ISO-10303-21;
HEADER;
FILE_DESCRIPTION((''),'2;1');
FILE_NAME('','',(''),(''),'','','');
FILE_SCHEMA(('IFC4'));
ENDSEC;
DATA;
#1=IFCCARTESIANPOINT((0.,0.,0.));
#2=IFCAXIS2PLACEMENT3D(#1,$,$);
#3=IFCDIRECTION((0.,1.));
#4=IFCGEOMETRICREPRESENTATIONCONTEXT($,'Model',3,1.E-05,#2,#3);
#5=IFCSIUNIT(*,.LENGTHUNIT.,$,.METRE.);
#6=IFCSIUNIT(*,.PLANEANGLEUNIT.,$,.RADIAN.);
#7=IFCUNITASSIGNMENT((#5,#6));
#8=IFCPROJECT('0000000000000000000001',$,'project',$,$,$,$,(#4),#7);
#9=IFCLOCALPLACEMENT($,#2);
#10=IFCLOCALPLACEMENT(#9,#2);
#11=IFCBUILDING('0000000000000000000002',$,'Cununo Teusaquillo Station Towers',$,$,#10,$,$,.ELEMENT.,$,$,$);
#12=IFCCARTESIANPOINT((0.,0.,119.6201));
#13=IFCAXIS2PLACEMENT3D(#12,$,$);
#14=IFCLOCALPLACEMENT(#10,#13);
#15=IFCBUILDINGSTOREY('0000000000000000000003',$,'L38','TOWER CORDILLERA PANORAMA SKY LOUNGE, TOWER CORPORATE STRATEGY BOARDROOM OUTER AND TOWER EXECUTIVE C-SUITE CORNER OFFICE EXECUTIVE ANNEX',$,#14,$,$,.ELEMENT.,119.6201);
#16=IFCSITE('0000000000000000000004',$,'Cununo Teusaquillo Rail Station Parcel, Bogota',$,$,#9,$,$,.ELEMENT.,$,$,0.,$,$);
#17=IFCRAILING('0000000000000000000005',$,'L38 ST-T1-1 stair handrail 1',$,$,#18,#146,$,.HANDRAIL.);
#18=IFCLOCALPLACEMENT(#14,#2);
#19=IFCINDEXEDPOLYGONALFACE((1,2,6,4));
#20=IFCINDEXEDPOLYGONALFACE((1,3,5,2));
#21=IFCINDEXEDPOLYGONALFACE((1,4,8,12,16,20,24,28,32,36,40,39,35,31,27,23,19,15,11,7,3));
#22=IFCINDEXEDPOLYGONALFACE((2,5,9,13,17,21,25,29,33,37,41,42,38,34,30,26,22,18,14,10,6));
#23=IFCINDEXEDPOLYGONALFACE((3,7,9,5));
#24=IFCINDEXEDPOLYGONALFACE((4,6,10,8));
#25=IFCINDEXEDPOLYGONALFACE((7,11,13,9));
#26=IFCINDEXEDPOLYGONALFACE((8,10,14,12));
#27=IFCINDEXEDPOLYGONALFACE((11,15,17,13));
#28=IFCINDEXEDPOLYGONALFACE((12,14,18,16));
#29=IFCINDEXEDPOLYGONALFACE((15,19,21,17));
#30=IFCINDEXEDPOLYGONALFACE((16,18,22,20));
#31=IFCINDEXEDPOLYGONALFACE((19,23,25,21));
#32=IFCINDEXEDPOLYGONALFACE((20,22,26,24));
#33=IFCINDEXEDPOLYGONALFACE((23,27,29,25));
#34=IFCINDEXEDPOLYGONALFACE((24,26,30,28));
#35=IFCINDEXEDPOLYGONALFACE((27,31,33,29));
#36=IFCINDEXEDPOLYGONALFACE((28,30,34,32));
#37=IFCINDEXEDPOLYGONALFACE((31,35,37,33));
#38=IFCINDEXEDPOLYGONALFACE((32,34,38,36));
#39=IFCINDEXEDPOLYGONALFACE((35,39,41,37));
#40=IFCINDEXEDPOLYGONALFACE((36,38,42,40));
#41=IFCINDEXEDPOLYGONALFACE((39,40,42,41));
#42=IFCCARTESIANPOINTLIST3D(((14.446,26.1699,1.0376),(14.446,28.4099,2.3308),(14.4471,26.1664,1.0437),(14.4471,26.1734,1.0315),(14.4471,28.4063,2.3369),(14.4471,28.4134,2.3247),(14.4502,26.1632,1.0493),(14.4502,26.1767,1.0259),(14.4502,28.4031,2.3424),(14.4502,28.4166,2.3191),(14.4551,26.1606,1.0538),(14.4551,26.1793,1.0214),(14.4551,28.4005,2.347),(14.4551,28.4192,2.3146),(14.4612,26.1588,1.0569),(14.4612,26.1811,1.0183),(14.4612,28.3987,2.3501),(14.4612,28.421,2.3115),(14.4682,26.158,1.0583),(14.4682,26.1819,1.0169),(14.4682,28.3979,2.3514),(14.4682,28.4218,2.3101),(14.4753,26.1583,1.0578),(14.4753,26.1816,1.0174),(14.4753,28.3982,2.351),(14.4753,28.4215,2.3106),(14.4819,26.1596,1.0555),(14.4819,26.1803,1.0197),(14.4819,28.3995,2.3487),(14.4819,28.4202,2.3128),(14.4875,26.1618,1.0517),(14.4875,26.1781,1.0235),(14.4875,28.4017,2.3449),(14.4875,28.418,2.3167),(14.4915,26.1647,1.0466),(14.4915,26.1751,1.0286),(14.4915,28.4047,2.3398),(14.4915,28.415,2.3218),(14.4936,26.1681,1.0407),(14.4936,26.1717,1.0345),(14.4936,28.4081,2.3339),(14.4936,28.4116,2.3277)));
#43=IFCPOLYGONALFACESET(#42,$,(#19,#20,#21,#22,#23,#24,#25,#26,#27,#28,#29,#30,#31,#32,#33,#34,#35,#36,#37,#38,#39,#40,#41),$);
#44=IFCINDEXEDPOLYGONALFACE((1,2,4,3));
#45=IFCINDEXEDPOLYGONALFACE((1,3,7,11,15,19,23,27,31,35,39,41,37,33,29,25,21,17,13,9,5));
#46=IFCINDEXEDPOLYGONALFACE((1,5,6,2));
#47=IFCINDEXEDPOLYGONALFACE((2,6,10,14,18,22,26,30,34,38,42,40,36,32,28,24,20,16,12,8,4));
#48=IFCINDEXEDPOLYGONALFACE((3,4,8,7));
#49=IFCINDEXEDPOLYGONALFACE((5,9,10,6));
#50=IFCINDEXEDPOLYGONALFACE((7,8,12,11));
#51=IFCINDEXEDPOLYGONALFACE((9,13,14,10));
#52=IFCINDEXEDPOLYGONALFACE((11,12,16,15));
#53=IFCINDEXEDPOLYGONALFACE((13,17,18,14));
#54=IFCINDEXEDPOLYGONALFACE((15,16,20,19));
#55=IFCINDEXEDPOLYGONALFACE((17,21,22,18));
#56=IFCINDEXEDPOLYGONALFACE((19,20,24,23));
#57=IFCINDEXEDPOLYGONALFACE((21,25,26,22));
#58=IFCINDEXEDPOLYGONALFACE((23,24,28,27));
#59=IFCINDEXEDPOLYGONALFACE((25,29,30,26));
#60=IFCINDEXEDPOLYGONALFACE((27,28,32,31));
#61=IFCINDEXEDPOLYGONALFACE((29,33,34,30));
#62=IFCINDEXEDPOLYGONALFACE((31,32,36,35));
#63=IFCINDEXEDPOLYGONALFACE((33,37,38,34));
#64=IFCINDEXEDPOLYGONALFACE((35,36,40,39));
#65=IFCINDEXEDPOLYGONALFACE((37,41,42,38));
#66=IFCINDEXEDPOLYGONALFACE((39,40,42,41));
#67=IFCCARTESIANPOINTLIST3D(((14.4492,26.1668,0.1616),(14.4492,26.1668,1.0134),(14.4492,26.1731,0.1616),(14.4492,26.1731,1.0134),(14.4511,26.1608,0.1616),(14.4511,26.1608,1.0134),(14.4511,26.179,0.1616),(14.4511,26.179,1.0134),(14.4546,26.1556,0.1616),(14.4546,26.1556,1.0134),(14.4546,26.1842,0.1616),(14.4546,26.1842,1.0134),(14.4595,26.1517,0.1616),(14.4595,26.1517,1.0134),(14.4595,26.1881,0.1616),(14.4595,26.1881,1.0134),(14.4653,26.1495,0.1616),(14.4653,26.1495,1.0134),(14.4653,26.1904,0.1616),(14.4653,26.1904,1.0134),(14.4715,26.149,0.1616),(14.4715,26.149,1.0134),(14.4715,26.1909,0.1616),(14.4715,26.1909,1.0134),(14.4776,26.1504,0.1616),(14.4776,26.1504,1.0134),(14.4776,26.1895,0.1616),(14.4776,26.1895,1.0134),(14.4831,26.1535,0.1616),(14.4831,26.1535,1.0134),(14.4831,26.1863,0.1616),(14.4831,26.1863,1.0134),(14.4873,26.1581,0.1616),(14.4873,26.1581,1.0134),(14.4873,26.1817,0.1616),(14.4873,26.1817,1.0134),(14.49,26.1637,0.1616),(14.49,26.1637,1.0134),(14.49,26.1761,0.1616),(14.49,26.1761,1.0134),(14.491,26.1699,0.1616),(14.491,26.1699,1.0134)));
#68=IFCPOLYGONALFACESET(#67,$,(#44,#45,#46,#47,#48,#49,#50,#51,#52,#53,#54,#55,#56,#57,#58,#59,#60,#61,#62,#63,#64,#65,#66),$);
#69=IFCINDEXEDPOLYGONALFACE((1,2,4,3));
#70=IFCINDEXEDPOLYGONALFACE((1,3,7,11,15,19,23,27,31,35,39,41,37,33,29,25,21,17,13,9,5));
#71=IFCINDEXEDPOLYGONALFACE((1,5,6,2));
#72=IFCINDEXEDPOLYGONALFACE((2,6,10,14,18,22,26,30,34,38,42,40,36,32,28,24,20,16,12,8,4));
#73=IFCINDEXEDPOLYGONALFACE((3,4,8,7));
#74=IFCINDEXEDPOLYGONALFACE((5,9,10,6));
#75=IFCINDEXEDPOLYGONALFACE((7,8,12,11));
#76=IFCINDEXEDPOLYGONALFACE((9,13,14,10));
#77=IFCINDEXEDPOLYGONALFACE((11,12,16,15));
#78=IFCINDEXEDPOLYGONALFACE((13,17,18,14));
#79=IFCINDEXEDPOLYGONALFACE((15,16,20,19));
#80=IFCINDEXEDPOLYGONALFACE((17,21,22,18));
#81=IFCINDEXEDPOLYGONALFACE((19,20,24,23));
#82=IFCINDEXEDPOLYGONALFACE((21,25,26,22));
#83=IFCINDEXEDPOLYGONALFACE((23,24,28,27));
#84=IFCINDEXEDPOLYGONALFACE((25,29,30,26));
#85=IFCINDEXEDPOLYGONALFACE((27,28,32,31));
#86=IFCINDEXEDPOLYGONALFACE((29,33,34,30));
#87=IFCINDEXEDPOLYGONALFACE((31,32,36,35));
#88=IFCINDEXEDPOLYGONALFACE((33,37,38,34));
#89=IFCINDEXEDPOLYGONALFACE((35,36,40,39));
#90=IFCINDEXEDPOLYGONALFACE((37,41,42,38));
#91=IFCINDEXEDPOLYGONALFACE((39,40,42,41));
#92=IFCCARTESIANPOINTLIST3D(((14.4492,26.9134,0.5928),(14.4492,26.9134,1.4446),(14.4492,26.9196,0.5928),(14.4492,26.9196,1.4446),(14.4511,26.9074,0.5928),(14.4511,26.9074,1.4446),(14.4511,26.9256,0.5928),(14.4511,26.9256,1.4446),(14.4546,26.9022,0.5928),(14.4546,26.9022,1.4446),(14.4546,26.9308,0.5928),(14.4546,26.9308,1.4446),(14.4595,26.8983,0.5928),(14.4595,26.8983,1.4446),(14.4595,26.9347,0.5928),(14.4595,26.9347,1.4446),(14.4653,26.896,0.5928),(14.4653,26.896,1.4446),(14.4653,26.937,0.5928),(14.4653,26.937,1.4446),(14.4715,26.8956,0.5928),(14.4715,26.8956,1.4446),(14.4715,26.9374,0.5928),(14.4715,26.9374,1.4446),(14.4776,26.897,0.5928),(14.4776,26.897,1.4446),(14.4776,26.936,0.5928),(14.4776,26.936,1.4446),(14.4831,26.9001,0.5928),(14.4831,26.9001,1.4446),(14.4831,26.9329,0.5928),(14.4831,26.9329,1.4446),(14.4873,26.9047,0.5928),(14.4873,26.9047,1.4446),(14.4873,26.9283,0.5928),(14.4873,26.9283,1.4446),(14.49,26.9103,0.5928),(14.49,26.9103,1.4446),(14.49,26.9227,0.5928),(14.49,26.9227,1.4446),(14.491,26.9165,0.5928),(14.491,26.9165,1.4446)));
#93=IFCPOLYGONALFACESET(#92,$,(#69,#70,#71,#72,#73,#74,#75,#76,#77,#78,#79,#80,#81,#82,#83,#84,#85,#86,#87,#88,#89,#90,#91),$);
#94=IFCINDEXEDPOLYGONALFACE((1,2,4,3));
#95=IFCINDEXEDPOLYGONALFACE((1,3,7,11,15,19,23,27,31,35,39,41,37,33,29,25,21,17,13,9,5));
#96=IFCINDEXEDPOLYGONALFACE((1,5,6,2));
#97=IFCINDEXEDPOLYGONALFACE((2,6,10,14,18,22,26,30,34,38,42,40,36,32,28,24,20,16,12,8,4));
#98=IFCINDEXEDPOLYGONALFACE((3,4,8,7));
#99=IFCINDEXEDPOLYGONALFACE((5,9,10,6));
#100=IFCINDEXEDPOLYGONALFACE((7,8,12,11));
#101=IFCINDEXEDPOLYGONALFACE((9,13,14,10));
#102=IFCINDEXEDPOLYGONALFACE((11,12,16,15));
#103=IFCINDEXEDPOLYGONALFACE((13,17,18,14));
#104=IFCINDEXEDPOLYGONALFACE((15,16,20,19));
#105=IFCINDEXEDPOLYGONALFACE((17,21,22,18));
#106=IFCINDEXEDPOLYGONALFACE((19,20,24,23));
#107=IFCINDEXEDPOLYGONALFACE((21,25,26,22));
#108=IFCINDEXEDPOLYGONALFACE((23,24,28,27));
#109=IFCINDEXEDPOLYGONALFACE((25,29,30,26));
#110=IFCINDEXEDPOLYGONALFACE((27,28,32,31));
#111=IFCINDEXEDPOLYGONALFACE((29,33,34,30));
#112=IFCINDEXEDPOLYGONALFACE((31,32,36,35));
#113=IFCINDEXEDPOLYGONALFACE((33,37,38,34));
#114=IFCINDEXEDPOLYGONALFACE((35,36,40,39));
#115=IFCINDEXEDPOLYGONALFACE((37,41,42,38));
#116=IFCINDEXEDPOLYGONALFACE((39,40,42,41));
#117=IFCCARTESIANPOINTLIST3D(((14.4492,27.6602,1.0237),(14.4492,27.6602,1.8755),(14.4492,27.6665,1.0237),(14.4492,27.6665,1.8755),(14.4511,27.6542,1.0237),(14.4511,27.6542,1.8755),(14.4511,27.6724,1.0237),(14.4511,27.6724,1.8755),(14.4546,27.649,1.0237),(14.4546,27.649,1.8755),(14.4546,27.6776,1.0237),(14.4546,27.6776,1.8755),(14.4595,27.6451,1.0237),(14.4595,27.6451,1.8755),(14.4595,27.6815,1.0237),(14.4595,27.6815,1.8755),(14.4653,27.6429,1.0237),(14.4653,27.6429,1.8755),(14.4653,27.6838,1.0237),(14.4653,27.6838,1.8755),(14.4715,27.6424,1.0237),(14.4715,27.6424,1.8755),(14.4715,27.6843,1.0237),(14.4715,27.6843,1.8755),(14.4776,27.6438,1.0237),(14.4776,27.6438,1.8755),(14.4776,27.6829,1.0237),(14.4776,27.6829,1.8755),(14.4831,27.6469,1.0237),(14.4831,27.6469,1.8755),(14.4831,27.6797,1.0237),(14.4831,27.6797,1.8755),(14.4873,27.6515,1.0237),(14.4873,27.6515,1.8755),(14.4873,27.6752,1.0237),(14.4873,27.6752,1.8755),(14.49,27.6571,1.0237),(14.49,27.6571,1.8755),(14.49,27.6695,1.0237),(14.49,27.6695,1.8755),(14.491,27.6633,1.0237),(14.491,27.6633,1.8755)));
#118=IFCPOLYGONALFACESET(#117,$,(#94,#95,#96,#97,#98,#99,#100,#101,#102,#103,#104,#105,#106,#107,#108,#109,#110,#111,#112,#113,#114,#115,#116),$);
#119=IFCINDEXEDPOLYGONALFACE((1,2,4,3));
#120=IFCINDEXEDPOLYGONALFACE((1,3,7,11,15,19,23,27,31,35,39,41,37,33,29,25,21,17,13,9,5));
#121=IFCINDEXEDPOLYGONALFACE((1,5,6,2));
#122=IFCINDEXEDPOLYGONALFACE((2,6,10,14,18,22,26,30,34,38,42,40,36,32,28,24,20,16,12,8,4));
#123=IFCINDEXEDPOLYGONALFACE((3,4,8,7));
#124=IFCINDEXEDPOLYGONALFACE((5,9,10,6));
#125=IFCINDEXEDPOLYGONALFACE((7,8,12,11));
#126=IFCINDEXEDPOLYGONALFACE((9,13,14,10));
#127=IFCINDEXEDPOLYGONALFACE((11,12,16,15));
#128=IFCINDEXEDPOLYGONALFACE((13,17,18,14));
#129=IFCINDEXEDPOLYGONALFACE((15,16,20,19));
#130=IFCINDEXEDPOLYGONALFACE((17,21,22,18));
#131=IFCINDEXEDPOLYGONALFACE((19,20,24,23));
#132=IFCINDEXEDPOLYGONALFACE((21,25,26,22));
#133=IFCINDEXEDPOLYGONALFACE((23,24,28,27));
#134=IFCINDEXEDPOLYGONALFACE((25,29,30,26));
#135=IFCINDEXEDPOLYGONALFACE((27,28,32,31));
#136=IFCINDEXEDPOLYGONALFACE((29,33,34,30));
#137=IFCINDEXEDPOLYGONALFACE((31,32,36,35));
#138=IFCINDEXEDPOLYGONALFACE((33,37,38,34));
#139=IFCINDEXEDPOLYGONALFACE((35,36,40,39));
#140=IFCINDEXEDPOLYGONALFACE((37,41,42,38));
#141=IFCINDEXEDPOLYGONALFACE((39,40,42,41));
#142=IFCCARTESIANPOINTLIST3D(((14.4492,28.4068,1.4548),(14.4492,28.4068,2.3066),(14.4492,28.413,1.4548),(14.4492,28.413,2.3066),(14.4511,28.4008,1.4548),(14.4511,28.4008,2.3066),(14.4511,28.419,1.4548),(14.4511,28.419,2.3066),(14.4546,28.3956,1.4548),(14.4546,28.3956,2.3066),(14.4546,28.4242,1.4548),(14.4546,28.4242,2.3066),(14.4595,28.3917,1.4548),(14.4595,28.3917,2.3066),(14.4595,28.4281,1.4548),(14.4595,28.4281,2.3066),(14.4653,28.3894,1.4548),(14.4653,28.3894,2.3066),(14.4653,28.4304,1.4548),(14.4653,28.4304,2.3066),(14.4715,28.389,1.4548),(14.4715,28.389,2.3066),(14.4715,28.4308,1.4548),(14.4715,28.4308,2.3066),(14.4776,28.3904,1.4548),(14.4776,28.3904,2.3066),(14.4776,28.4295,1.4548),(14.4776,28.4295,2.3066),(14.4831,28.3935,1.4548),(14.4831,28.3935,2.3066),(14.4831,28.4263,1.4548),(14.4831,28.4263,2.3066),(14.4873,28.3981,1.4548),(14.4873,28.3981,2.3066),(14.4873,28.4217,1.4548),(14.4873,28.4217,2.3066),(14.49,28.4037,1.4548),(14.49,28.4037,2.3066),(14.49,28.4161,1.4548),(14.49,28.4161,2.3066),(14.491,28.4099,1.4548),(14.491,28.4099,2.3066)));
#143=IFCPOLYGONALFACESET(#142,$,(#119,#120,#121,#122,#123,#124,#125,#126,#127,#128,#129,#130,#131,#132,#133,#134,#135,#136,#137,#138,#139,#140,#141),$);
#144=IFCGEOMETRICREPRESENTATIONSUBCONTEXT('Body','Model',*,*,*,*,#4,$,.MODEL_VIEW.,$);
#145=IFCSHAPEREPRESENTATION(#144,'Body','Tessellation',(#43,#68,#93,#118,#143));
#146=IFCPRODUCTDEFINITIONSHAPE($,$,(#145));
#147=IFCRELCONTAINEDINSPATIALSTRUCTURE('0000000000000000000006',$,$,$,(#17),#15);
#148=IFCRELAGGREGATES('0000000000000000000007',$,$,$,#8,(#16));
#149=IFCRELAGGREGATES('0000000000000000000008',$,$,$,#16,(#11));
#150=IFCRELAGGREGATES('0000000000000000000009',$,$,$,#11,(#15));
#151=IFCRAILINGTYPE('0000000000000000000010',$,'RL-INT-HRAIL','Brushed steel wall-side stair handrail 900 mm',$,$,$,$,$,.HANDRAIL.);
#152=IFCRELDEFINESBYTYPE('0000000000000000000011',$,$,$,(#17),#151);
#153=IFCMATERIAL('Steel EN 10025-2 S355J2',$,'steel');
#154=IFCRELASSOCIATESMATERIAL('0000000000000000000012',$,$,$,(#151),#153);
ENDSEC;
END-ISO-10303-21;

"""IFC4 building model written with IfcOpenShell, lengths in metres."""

from ifc_helpers import new_model, si_unit, direction, frame, origin, origin_2d, place, context, subcontext, project, spatial, circle, extrude, material, type_object, element, save


model = new_model("IFC4")

# Units and contexts
model_context = context("Model", 3, precision=1e-05, world=origin(), true_north=direction((0.0, 1.0)))
body_context = subcontext(model_context, "Body", "Model", "MODEL_VIEW")
ifc_project = project(units=[si_unit("LENGTHUNIT", "METRE"), si_unit("PLANEANGLEUNIT", "RADIAN")], contexts=[model_context])

# Site, building, storey
site_placement = place(None, origin())
site = spatial("IfcSite", under=ifc_project, at=site_placement, Name="Cununo Teusaquillo Rail Station Parcel, Bogota", CompositionType="ELEMENT", RefElevation=0.0)
building_placement = place(site_placement, origin())
building = spatial("IfcBuilding", under=site, at=building_placement, Name="Cununo Teusaquillo Station Towers", CompositionType="ELEMENT")
storey_placement = place(building_placement, frame((0.0, 0.0, 119.6201)))
storey = spatial("IfcBuildingStorey", under=building, at=storey_placement, Name="L38", Description="TOWER CORDILLERA PANORAMA SKY LOUNGE, TOWER CORPORATE STRATEGY BOARDROOM OUTER AND TOWER EXECUTIVE C-SUITE CORNER OFFICE EXECUTIVE ANNEX", CompositionType="ELEMENT", Elevation=119.6201)

# Railing
ifc_material_1 = material(Name="Steel EN 10025-2 S355J2", Category="steel")
railing_type_1 = type_object("IfcRailingType", Name="RL-INT-HRAIL", Description="Brushed steel wall-side stair handrail 900 mm", PredefinedType="HANDRAIL", material=ifc_material_1)
railing_1_placement = place(storey_placement, frame((14.47, 26.1699, 0.1616)))
element("IfcRailing", 1, at=railing_1_placement, inside=storey, type_object=railing_type_1, Name="L38 ST-T1-1 stair handrail 1", PredefinedType="HANDRAIL", context=body_context, shape_type="SweptSolid", body=[
    extrude(circle(Radius=0.0239, at=origin_2d()), frame((0.0, 0.0, 0.876), z_axis=(0.0, 0.866033, 0.499987), x_axis=(-1.0, 0.0, 0.0)), (0.0, 0.0, 1.0), 2.5864),
    extrude(circle(Radius=0.021, at=origin_2d()), origin(), (0.0, 0.0, 1.0), 0.8518),
    extrude(circle(Radius=0.021, at=origin_2d()), frame((0.0, 0.7466, 0.4312)), (0.0, 0.0, 1.0), 0.8518),
    extrude(circle(Radius=0.021, at=origin_2d()), frame((0.0, 1.4934, 0.8621)), (0.0, 0.0, 1.0), 0.8518),
    extrude(circle(Radius=0.021, at=origin_2d()), frame((0.0, 2.24, 1.2932)), (0.0, 0.0, 1.0), 0.8518),
])

save(model, "model.ifc")
